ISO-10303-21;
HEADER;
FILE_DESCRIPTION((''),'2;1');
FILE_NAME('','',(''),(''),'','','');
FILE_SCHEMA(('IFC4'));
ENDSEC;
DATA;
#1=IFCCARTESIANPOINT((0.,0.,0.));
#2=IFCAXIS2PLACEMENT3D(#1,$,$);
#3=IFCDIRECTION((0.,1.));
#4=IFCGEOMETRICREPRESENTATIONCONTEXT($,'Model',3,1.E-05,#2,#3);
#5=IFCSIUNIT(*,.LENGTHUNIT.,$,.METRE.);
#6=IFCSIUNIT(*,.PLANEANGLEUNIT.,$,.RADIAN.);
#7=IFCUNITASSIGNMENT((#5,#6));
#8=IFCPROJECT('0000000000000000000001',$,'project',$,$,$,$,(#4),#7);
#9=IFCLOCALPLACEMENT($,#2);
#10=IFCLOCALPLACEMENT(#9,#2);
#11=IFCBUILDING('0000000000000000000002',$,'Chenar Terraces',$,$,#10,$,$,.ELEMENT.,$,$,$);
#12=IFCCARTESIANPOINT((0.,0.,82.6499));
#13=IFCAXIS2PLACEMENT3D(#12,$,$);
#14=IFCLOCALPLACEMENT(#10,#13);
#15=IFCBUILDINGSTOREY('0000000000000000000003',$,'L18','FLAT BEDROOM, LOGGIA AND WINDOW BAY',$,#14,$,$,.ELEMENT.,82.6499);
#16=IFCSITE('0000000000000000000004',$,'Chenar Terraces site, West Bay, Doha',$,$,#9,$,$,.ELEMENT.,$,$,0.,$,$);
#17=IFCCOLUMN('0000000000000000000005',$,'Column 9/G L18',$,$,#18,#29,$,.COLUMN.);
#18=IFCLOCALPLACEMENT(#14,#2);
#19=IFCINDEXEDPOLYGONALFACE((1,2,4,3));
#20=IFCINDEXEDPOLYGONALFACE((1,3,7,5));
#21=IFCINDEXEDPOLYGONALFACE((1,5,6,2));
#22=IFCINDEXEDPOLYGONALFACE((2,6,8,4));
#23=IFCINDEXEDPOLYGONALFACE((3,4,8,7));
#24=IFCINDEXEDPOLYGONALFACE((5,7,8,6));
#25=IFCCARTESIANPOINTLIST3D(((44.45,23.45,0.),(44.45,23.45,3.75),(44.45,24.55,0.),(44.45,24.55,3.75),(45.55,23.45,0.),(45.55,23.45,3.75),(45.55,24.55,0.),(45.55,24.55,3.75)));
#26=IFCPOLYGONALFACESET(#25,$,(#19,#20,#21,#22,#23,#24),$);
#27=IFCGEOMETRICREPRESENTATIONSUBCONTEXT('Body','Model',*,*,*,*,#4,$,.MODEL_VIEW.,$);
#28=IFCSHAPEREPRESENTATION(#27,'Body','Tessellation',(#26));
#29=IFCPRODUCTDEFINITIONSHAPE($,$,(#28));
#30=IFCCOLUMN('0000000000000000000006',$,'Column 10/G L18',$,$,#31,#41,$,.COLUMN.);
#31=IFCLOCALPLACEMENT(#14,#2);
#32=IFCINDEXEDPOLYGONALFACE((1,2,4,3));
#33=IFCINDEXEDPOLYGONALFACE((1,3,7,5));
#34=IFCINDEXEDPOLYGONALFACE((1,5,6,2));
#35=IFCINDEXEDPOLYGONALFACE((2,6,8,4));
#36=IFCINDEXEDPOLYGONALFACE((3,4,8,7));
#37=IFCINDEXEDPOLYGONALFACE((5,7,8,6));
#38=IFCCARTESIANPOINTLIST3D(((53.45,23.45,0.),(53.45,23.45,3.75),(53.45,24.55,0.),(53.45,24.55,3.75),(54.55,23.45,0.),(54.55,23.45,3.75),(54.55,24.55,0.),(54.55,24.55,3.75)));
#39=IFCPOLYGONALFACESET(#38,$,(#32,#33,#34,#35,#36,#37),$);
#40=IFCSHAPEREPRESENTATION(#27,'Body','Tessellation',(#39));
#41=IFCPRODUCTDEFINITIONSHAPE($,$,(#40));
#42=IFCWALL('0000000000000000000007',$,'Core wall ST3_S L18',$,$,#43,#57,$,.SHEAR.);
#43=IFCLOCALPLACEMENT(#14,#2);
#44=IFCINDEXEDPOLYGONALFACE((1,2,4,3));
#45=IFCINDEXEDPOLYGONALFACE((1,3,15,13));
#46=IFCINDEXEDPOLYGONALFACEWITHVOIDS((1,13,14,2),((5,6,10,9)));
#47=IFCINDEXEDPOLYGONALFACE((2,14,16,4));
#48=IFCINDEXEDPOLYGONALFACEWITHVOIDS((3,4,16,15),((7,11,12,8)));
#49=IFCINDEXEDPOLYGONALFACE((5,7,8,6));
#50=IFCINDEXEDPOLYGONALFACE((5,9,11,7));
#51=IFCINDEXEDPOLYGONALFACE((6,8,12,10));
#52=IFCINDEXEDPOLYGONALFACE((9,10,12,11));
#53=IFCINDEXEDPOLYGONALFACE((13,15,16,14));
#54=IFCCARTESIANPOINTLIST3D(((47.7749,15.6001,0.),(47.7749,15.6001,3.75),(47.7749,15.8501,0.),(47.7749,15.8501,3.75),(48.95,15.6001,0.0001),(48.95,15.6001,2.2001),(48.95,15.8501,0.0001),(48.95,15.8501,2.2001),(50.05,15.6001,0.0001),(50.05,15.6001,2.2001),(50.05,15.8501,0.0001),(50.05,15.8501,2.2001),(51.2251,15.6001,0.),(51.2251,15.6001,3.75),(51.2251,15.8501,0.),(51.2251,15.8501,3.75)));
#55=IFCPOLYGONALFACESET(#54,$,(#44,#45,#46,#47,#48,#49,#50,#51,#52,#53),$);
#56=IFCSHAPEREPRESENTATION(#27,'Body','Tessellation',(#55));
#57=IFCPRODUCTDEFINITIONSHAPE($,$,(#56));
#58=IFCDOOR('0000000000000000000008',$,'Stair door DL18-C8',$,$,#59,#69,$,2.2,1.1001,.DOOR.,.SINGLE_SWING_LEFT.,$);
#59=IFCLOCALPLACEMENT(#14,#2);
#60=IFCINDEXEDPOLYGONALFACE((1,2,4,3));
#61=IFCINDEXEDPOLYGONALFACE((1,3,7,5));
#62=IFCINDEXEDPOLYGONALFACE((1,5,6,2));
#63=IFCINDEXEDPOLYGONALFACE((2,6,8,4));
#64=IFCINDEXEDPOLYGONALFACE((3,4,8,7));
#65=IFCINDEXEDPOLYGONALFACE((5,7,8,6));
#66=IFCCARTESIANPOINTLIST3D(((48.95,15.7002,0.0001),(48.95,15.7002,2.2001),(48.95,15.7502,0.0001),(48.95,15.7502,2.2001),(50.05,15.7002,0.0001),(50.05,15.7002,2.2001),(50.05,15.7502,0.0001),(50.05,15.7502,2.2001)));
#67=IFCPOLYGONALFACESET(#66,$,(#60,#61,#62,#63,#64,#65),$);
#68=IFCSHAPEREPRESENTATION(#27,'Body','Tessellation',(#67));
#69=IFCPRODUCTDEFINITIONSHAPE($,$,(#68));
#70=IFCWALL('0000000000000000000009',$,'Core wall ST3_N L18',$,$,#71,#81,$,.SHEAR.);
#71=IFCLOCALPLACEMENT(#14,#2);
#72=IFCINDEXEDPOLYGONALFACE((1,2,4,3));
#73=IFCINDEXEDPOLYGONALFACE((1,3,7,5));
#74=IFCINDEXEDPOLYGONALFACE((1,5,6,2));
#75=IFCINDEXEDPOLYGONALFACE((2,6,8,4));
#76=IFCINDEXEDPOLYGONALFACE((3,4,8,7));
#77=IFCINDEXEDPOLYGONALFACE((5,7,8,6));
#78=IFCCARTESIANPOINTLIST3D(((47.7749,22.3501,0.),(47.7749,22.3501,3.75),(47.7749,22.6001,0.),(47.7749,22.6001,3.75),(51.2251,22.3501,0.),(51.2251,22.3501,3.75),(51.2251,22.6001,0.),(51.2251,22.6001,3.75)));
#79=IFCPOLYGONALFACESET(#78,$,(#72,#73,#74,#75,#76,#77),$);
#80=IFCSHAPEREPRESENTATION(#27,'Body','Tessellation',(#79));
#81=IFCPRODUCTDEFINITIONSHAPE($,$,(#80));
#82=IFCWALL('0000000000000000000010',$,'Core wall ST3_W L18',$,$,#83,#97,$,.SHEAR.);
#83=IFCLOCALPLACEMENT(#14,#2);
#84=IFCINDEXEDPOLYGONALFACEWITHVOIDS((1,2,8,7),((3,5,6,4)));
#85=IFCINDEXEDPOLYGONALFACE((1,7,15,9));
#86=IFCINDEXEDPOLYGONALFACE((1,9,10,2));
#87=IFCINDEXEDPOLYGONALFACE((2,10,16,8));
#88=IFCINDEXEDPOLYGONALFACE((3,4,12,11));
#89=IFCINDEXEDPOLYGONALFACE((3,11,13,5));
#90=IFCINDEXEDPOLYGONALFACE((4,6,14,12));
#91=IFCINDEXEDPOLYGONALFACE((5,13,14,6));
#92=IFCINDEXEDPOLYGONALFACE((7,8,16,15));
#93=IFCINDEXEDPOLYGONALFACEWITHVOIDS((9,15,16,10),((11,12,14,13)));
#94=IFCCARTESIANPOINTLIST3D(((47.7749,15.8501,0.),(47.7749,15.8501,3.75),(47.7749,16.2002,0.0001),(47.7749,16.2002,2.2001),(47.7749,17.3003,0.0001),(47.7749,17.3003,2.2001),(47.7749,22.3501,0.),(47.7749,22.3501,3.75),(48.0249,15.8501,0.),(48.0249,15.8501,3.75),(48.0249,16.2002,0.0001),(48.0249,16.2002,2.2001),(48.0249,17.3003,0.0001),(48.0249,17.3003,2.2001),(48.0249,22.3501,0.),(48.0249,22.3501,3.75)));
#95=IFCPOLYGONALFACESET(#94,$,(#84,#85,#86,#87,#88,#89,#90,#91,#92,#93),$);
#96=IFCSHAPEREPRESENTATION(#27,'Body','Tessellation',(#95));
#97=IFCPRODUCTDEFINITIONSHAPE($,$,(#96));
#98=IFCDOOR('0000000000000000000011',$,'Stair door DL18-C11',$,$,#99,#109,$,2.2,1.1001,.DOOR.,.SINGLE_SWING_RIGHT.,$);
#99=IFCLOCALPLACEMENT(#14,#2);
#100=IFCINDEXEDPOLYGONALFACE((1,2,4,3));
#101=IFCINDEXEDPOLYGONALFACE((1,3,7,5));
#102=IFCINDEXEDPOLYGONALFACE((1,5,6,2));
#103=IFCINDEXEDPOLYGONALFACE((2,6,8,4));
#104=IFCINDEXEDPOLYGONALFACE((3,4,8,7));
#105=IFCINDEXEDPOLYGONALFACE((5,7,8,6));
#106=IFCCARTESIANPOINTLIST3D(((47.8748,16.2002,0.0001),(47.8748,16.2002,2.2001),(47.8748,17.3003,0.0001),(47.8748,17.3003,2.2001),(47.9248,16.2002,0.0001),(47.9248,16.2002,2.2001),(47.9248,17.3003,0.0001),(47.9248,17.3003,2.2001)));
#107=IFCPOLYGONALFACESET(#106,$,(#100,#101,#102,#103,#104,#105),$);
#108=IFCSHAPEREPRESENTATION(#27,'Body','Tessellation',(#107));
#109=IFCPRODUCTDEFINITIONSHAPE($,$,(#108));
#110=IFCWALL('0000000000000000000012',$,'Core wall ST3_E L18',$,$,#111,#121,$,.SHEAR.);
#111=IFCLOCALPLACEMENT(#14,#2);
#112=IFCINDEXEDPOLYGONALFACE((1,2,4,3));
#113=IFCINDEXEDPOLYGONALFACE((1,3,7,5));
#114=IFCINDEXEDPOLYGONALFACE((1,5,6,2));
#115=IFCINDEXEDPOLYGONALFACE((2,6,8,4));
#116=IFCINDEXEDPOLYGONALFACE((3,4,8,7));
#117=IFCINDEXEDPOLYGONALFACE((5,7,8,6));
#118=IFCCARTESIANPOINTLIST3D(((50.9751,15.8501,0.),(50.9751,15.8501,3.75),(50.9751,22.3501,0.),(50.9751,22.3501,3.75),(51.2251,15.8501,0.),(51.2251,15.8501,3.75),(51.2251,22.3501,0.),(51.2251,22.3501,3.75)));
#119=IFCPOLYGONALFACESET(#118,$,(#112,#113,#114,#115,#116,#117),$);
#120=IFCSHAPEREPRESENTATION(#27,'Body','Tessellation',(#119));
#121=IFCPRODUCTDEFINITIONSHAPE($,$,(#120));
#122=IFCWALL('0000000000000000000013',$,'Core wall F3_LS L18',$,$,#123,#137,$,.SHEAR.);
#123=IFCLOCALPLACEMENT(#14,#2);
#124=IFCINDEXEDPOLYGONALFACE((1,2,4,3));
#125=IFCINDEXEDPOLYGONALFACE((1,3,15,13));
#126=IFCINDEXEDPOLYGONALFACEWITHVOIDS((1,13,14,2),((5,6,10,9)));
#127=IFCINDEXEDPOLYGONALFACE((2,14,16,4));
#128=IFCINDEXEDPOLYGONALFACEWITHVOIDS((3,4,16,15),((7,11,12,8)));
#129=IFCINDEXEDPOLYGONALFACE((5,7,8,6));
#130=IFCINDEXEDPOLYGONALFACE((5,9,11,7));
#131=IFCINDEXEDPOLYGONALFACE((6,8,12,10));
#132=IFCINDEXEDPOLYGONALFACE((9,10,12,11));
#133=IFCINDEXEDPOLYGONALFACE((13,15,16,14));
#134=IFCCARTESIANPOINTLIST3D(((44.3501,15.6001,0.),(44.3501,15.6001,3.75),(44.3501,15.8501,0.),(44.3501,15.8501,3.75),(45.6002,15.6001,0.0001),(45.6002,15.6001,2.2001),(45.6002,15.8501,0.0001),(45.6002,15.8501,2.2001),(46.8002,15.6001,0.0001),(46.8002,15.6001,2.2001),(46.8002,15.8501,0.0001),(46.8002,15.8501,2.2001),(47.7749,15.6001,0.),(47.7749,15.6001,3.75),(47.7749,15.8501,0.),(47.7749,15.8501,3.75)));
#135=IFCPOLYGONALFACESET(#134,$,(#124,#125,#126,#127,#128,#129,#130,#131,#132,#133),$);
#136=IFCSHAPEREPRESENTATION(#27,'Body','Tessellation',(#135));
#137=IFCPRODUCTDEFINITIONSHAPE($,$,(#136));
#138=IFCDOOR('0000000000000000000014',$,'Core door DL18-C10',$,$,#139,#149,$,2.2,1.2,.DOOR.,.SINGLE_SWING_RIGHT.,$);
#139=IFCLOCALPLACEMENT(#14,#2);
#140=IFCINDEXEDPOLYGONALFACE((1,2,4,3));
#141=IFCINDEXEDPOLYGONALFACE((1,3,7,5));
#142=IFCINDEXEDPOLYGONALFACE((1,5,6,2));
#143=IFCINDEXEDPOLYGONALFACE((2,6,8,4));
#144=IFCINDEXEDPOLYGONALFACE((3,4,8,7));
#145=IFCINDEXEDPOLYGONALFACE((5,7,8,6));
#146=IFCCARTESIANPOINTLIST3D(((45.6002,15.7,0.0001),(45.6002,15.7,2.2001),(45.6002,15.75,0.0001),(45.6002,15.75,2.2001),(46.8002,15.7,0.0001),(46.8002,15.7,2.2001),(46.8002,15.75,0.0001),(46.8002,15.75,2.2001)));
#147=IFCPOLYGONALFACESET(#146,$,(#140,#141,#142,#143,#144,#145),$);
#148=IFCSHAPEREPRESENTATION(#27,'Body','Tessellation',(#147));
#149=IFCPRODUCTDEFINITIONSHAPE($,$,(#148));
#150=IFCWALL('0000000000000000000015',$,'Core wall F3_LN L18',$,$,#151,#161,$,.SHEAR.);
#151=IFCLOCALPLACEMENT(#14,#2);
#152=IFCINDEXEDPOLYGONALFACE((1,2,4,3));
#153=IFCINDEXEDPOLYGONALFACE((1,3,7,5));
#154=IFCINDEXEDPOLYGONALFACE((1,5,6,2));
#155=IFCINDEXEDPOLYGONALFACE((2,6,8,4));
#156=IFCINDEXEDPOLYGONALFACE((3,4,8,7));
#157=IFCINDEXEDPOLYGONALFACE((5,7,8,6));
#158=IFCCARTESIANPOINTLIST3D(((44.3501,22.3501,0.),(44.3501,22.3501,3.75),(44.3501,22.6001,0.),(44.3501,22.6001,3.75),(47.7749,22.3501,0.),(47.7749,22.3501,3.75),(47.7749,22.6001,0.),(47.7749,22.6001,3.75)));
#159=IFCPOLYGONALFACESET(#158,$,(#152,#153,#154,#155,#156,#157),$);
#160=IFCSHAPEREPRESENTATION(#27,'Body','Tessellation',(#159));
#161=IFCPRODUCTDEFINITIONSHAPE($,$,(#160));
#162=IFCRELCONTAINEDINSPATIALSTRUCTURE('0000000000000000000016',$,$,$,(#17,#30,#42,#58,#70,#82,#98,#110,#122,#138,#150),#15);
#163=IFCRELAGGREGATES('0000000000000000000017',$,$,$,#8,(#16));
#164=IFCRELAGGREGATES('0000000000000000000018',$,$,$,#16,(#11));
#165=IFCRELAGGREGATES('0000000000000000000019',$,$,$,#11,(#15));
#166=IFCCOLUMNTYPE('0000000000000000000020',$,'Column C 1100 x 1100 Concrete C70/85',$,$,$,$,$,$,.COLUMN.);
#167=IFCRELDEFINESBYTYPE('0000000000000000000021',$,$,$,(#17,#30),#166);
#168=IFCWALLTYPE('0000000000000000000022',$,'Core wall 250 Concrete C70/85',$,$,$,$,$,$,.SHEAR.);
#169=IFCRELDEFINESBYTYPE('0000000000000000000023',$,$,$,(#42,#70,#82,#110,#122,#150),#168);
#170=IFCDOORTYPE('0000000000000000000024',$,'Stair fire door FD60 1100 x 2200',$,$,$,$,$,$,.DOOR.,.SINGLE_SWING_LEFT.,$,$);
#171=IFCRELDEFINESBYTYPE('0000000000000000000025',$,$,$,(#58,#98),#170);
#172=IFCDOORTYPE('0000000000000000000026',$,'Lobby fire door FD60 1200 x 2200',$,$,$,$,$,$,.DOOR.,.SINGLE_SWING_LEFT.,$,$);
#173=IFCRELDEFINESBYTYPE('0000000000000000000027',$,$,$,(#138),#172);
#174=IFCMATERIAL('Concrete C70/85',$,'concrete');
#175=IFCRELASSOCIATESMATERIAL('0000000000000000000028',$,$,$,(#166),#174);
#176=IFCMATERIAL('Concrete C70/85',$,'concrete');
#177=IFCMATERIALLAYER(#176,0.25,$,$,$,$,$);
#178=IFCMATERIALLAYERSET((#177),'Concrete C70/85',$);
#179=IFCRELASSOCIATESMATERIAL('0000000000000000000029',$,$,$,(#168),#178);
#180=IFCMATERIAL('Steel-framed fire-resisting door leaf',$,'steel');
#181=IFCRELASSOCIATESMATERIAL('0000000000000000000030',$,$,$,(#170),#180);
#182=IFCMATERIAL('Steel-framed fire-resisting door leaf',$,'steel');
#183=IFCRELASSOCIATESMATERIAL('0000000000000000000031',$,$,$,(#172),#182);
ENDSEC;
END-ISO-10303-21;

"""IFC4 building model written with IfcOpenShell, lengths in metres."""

from ifc_helpers import new_model, si_unit, direction, frame, frame_2d, origin, origin_2d, place, context, subcontext, project, spatial, rectangle, extrude, material, layer, layer_set, material_profile, profile_set, type_object, element, fill, save


model = new_model("IFC4")

# Units and contexts
model_context = context("Model", 3, precision=1e-05, world=origin(), true_north=direction((0.0, 1.0)))
body_context = subcontext(model_context, "Body", "Model", "MODEL_VIEW")
ifc_project = project(units=[si_unit("LENGTHUNIT", "METRE"), si_unit("PLANEANGLEUNIT", "RADIAN")], contexts=[model_context])

# Site, building, storey
site_placement = place(None, origin())
site = spatial("IfcSite", under=ifc_project, at=site_placement, Name="Chenar Terraces site, West Bay, Doha", CompositionType="ELEMENT", RefElevation=0.0)
building_placement = place(site_placement, origin())
building = spatial("IfcBuilding", under=site, at=building_placement, Name="Chenar Terraces", CompositionType="ELEMENT")
storey_placement = place(building_placement, frame((0.0, 0.0, 82.6499)))
storey = spatial("IfcBuildingStorey", under=building, at=storey_placement, Name="L18", Description="FLAT BEDROOM, LOGGIA AND WINDOW BAY", CompositionType="ELEMENT", Elevation=82.6499)

# Columns
ifc_material_1 = material(Name="Concrete C70/85", Category="concrete")
ifc_material_profile = material_profile(ifc_material_1, rectangle(XDim=1.1001, YDim=1.1001, at=origin_2d()), Name="C 1100 x 1100")
ifc_profile_set = profile_set([ifc_material_profile], Name="Concrete C70/85")
column_type = type_object("IfcColumnType", Name="Column C 1100 x 1100 Concrete C70/85", PredefinedType="COLUMN", material=ifc_profile_set)
for number, where, z_axis, x_axis, name in (
    (1, (45.0, 24.0, 0.0), (0.0, 0.0, 1.0), (1.0, 0.0, 0.0), "Column 9/G L18"),
    (2, (54.0, 24.0, 0.0), (0.0, 0.0, 1.0), (1.0, 0.0, 0.0), "Column 10/G L18"),
):
    element("IfcColumn", number, at=place(storey_placement, frame(where, z_axis=z_axis, x_axis=x_axis)), inside=storey, type_object=column_type, Name=name, PredefinedType="COLUMN", context=body_context, shape_type="SweptSolid", body=[
        extrude(rectangle(XDim=1.1001, YDim=1.1001, at=origin_2d()), origin(), (0.0, 0.0, 1.0), 3.75),
    ])

# Wall, opening, door
ifc_material_2 = material(Name="Concrete C70/85", Category="concrete")
ifc_layer_1 = layer(ifc_material_2, 0.25)
ifc_layer_set_1 = layer_set([ifc_layer_1], Name="Concrete C70/85")
wall_type_1 = type_object("IfcWallType", Name="Core wall 250 Concrete C70/85", PredefinedType="SHEAR", material=ifc_layer_set_1)
wall_1_placement = place(storey_placement, frame((47.7749, 15.7251, 0.0), z_axis=(0.0, 0.0, 1.0), x_axis=(1.0, 0.0, 0.0)))
wall_1 = element("IfcWall", 3, at=wall_1_placement, inside=storey, type_object=wall_type_1, Name="Core wall ST3_S L18", PredefinedType="SHEAR", context=body_context, shape_type="SweptSolid", body=[
    extrude(rectangle(XDim=3.4502, YDim=0.25, at=frame_2d((1.7251, 0.0))), origin(), (0.0, 0.0, 1.0), 3.75),
])
opening_1_placement = place(wall_1_placement, frame((1.175, 0.0, 0.0)))
opening_1 = element("IfcOpeningElement", 4, at=opening_1_placement, cuts=wall_1, PredefinedType="OPENING", context=body_context, shape_type="SweptSolid", body=[
    extrude(rectangle(XDim=1.1001, YDim=2.2, at=frame_2d((0.55, 1.1001))), frame((0.0, 0.135, 0.0), z_axis=(0.0, -1.0, 0.0), x_axis=(1.0, 0.0, 0.0)), (0.0, 0.0, 1.0), 0.27),
])
ifc_material_3 = material(Name="Steel-framed fire-resisting door leaf", Category="steel")
door_type_1 = type_object("IfcDoorType", Name="Stair fire door FD60 1100 x 2200", OperationType="SINGLE_SWING_LEFT", PredefinedType="DOOR", material=ifc_material_3)
door_1_placement = place(opening_1_placement, frame((1.1001, 0.0, 0.0), z_axis=(0.0, 0.0, 1.0), x_axis=(-1.0, 0.0, 0.0)))
door_1 = element("IfcDoor", 5, at=door_1_placement, inside=storey, type_object=door_type_1, Name="Stair door DL18-C8", OperationType="SINGLE_SWING_LEFT", OverallHeight=2.2, OverallWidth=1.1001, PredefinedType="DOOR", context=body_context, shape_type="SweptSolid", body=[
    extrude(rectangle(XDim=1.1001, YDim=2.2, at=frame_2d((0.55, 1.1001))), frame((0.0, 0.0249, 0.0), z_axis=(0.0, -1.0, 0.0), x_axis=(1.0, 0.0, 0.0)), (0.0, 0.0, 1.0), 0.05),
])
fill(opening_1, door_1)

# Wall
wall_2_placement = place(storey_placement, frame((47.7749, 22.4751, 0.0), z_axis=(0.0, 0.0, 1.0), x_axis=(1.0, 0.0, 0.0)))
element("IfcWall", 6, at=wall_2_placement, inside=storey, type_object=wall_type_1, Name="Core wall ST3_N L18", PredefinedType="SHEAR", context=body_context, shape_type="SweptSolid", body=[
    extrude(rectangle(XDim=3.4502, YDim=0.25, at=frame_2d((1.7251, 0.0))), origin(), (0.0, 0.0, 1.0), 3.75),
])

# Wall, opening, door
wall_3_placement = place(storey_placement, frame((47.8999, 15.8501, 0.0), z_axis=(0.0, 0.0, 1.0), x_axis=(0.0, 1.0, 0.0)))
wall_3 = element("IfcWall", 7, at=wall_3_placement, inside=storey, type_object=wall_type_1, Name="Core wall ST3_W L18", PredefinedType="SHEAR", context=body_context, shape_type="SweptSolid", body=[
    extrude(rectangle(XDim=6.5, YDim=0.25, at=frame_2d((3.25, 0.0))), origin(), (0.0, 0.0, 1.0), 3.75),
])
opening_2_placement = place(wall_3_placement, frame((0.3501, 0.0, 0.0)))
opening_2 = element("IfcOpeningElement", 8, at=opening_2_placement, cuts=wall_3, PredefinedType="OPENING", context=body_context, shape_type="SweptSolid", body=[
    extrude(rectangle(XDim=1.1001, YDim=2.2, at=frame_2d((0.55, 1.1001))), frame((0.0, 0.135, 0.0), z_axis=(0.0, -1.0, 0.0), x_axis=(1.0, 0.0, 0.0)), (0.0, 0.0, 1.0), 0.27),
])
door_2_placement = place(opening_2_placement, frame((1.1001, 0.0, 0.0), z_axis=(0.0, 0.0, 1.0), x_axis=(-1.0, 0.0, 0.0)))
door_2 = element("IfcDoor", 9, at=door_2_placement, inside=storey, type_object=door_type_1, Name="Stair door DL18-C11", OperationType="SINGLE_SWING_RIGHT", OverallHeight=2.2, OverallWidth=1.1001, PredefinedType="DOOR", context=body_context, shape_type="SweptSolid", body=[
    extrude(rectangle(XDim=1.1001, YDim=2.2, at=frame_2d((0.55, 1.1001))), frame((0.0, 0.0249, 0.0), z_axis=(0.0, -1.0, 0.0), x_axis=(1.0, 0.0, 0.0)), (0.0, 0.0, 1.0), 0.05),
])
fill(opening_2, door_2)

# Wall
wall_4_placement = place(storey_placement, frame((51.1001, 15.8501, 0.0), z_axis=(0.0, 0.0, 1.0), x_axis=(0.0, 1.0, 0.0)))
element("IfcWall", 10, at=wall_4_placement, inside=storey, type_object=wall_type_1, Name="Core wall ST3_E L18", PredefinedType="SHEAR", context=body_context, shape_type="SweptSolid", body=[
    extrude(rectangle(XDim=6.5, YDim=0.25, at=frame_2d((3.25, 0.0))), origin(), (0.0, 0.0, 1.0), 3.75),
])

# Wall, opening, door
wall_5_placement = place(storey_placement, frame((44.3501, 15.7251, 0.0), z_axis=(0.0, 0.0, 1.0), x_axis=(1.0, 0.0, 0.0)))
wall_5 = element("IfcWall", 11, at=wall_5_placement, inside=storey, type_object=wall_type_1, Name="Core wall F3_LS L18", PredefinedType="SHEAR", context=body_context, shape_type="SweptSolid", body=[
    extrude(rectangle(XDim=3.4248, YDim=0.25, at=frame_2d((1.7124, 0.0))), origin(), (0.0, 0.0, 1.0), 3.75),
])
opening_3_placement = place(wall_5_placement, frame((1.25, 0.0, 0.0)))
opening_3 = element("IfcOpeningElement", 12, at=opening_3_placement, cuts=wall_5, PredefinedType="OPENING", context=body_context, shape_type="SweptSolid", body=[
    extrude(rectangle(XDim=1.2, YDim=2.2, at=frame_2d((0.6001, 1.1001))), frame((0.0, 0.135, 0.0), z_axis=(0.0, -1.0, 0.0), x_axis=(1.0, 0.0, 0.0)), (0.0, 0.0, 1.0), 0.27),
])
ifc_material_4 = material(Name="Steel-framed fire-resisting door leaf", Category="steel")
door_type_2 = type_object("IfcDoorType", Name="Lobby fire door FD60 1200 x 2200", OperationType="SINGLE_SWING_LEFT", PredefinedType="DOOR", material=ifc_material_4)
door_3_placement = place(opening_3_placement, origin())
door_3 = element("IfcDoor", 13, at=door_3_placement, inside=storey, type_object=door_type_2, Name="Core door DL18-C10", OperationType="SINGLE_SWING_RIGHT", OverallHeight=2.2, OverallWidth=1.2, PredefinedType="DOOR", context=body_context, shape_type="SweptSolid", body=[
    extrude(rectangle(XDim=1.2, YDim=2.2, at=frame_2d((0.6001, 1.1001))), frame((0.0, 0.0249, 0.0), z_axis=(0.0, -1.0, 0.0), x_axis=(1.0, 0.0, 0.0)), (0.0, 0.0, 1.0), 0.05),
])
fill(opening_3, door_3)

# Wall
wall_6_placement = place(storey_placement, frame((44.3501, 22.4751, 0.0), z_axis=(0.0, 0.0, 1.0), x_axis=(1.0, 0.0, 0.0)))
element("IfcWall", 14, at=wall_6_placement, inside=storey, type_object=wall_type_1, Name="Core wall F3_LN L18", PredefinedType="SHEAR", context=body_context, shape_type="SweptSolid", body=[
    extrude(rectangle(XDim=3.4248, YDim=0.25, at=frame_2d((1.7124, 0.0))), origin(), (0.0, 0.0, 1.0), 3.75),
])

save(model, "model.ifc")
